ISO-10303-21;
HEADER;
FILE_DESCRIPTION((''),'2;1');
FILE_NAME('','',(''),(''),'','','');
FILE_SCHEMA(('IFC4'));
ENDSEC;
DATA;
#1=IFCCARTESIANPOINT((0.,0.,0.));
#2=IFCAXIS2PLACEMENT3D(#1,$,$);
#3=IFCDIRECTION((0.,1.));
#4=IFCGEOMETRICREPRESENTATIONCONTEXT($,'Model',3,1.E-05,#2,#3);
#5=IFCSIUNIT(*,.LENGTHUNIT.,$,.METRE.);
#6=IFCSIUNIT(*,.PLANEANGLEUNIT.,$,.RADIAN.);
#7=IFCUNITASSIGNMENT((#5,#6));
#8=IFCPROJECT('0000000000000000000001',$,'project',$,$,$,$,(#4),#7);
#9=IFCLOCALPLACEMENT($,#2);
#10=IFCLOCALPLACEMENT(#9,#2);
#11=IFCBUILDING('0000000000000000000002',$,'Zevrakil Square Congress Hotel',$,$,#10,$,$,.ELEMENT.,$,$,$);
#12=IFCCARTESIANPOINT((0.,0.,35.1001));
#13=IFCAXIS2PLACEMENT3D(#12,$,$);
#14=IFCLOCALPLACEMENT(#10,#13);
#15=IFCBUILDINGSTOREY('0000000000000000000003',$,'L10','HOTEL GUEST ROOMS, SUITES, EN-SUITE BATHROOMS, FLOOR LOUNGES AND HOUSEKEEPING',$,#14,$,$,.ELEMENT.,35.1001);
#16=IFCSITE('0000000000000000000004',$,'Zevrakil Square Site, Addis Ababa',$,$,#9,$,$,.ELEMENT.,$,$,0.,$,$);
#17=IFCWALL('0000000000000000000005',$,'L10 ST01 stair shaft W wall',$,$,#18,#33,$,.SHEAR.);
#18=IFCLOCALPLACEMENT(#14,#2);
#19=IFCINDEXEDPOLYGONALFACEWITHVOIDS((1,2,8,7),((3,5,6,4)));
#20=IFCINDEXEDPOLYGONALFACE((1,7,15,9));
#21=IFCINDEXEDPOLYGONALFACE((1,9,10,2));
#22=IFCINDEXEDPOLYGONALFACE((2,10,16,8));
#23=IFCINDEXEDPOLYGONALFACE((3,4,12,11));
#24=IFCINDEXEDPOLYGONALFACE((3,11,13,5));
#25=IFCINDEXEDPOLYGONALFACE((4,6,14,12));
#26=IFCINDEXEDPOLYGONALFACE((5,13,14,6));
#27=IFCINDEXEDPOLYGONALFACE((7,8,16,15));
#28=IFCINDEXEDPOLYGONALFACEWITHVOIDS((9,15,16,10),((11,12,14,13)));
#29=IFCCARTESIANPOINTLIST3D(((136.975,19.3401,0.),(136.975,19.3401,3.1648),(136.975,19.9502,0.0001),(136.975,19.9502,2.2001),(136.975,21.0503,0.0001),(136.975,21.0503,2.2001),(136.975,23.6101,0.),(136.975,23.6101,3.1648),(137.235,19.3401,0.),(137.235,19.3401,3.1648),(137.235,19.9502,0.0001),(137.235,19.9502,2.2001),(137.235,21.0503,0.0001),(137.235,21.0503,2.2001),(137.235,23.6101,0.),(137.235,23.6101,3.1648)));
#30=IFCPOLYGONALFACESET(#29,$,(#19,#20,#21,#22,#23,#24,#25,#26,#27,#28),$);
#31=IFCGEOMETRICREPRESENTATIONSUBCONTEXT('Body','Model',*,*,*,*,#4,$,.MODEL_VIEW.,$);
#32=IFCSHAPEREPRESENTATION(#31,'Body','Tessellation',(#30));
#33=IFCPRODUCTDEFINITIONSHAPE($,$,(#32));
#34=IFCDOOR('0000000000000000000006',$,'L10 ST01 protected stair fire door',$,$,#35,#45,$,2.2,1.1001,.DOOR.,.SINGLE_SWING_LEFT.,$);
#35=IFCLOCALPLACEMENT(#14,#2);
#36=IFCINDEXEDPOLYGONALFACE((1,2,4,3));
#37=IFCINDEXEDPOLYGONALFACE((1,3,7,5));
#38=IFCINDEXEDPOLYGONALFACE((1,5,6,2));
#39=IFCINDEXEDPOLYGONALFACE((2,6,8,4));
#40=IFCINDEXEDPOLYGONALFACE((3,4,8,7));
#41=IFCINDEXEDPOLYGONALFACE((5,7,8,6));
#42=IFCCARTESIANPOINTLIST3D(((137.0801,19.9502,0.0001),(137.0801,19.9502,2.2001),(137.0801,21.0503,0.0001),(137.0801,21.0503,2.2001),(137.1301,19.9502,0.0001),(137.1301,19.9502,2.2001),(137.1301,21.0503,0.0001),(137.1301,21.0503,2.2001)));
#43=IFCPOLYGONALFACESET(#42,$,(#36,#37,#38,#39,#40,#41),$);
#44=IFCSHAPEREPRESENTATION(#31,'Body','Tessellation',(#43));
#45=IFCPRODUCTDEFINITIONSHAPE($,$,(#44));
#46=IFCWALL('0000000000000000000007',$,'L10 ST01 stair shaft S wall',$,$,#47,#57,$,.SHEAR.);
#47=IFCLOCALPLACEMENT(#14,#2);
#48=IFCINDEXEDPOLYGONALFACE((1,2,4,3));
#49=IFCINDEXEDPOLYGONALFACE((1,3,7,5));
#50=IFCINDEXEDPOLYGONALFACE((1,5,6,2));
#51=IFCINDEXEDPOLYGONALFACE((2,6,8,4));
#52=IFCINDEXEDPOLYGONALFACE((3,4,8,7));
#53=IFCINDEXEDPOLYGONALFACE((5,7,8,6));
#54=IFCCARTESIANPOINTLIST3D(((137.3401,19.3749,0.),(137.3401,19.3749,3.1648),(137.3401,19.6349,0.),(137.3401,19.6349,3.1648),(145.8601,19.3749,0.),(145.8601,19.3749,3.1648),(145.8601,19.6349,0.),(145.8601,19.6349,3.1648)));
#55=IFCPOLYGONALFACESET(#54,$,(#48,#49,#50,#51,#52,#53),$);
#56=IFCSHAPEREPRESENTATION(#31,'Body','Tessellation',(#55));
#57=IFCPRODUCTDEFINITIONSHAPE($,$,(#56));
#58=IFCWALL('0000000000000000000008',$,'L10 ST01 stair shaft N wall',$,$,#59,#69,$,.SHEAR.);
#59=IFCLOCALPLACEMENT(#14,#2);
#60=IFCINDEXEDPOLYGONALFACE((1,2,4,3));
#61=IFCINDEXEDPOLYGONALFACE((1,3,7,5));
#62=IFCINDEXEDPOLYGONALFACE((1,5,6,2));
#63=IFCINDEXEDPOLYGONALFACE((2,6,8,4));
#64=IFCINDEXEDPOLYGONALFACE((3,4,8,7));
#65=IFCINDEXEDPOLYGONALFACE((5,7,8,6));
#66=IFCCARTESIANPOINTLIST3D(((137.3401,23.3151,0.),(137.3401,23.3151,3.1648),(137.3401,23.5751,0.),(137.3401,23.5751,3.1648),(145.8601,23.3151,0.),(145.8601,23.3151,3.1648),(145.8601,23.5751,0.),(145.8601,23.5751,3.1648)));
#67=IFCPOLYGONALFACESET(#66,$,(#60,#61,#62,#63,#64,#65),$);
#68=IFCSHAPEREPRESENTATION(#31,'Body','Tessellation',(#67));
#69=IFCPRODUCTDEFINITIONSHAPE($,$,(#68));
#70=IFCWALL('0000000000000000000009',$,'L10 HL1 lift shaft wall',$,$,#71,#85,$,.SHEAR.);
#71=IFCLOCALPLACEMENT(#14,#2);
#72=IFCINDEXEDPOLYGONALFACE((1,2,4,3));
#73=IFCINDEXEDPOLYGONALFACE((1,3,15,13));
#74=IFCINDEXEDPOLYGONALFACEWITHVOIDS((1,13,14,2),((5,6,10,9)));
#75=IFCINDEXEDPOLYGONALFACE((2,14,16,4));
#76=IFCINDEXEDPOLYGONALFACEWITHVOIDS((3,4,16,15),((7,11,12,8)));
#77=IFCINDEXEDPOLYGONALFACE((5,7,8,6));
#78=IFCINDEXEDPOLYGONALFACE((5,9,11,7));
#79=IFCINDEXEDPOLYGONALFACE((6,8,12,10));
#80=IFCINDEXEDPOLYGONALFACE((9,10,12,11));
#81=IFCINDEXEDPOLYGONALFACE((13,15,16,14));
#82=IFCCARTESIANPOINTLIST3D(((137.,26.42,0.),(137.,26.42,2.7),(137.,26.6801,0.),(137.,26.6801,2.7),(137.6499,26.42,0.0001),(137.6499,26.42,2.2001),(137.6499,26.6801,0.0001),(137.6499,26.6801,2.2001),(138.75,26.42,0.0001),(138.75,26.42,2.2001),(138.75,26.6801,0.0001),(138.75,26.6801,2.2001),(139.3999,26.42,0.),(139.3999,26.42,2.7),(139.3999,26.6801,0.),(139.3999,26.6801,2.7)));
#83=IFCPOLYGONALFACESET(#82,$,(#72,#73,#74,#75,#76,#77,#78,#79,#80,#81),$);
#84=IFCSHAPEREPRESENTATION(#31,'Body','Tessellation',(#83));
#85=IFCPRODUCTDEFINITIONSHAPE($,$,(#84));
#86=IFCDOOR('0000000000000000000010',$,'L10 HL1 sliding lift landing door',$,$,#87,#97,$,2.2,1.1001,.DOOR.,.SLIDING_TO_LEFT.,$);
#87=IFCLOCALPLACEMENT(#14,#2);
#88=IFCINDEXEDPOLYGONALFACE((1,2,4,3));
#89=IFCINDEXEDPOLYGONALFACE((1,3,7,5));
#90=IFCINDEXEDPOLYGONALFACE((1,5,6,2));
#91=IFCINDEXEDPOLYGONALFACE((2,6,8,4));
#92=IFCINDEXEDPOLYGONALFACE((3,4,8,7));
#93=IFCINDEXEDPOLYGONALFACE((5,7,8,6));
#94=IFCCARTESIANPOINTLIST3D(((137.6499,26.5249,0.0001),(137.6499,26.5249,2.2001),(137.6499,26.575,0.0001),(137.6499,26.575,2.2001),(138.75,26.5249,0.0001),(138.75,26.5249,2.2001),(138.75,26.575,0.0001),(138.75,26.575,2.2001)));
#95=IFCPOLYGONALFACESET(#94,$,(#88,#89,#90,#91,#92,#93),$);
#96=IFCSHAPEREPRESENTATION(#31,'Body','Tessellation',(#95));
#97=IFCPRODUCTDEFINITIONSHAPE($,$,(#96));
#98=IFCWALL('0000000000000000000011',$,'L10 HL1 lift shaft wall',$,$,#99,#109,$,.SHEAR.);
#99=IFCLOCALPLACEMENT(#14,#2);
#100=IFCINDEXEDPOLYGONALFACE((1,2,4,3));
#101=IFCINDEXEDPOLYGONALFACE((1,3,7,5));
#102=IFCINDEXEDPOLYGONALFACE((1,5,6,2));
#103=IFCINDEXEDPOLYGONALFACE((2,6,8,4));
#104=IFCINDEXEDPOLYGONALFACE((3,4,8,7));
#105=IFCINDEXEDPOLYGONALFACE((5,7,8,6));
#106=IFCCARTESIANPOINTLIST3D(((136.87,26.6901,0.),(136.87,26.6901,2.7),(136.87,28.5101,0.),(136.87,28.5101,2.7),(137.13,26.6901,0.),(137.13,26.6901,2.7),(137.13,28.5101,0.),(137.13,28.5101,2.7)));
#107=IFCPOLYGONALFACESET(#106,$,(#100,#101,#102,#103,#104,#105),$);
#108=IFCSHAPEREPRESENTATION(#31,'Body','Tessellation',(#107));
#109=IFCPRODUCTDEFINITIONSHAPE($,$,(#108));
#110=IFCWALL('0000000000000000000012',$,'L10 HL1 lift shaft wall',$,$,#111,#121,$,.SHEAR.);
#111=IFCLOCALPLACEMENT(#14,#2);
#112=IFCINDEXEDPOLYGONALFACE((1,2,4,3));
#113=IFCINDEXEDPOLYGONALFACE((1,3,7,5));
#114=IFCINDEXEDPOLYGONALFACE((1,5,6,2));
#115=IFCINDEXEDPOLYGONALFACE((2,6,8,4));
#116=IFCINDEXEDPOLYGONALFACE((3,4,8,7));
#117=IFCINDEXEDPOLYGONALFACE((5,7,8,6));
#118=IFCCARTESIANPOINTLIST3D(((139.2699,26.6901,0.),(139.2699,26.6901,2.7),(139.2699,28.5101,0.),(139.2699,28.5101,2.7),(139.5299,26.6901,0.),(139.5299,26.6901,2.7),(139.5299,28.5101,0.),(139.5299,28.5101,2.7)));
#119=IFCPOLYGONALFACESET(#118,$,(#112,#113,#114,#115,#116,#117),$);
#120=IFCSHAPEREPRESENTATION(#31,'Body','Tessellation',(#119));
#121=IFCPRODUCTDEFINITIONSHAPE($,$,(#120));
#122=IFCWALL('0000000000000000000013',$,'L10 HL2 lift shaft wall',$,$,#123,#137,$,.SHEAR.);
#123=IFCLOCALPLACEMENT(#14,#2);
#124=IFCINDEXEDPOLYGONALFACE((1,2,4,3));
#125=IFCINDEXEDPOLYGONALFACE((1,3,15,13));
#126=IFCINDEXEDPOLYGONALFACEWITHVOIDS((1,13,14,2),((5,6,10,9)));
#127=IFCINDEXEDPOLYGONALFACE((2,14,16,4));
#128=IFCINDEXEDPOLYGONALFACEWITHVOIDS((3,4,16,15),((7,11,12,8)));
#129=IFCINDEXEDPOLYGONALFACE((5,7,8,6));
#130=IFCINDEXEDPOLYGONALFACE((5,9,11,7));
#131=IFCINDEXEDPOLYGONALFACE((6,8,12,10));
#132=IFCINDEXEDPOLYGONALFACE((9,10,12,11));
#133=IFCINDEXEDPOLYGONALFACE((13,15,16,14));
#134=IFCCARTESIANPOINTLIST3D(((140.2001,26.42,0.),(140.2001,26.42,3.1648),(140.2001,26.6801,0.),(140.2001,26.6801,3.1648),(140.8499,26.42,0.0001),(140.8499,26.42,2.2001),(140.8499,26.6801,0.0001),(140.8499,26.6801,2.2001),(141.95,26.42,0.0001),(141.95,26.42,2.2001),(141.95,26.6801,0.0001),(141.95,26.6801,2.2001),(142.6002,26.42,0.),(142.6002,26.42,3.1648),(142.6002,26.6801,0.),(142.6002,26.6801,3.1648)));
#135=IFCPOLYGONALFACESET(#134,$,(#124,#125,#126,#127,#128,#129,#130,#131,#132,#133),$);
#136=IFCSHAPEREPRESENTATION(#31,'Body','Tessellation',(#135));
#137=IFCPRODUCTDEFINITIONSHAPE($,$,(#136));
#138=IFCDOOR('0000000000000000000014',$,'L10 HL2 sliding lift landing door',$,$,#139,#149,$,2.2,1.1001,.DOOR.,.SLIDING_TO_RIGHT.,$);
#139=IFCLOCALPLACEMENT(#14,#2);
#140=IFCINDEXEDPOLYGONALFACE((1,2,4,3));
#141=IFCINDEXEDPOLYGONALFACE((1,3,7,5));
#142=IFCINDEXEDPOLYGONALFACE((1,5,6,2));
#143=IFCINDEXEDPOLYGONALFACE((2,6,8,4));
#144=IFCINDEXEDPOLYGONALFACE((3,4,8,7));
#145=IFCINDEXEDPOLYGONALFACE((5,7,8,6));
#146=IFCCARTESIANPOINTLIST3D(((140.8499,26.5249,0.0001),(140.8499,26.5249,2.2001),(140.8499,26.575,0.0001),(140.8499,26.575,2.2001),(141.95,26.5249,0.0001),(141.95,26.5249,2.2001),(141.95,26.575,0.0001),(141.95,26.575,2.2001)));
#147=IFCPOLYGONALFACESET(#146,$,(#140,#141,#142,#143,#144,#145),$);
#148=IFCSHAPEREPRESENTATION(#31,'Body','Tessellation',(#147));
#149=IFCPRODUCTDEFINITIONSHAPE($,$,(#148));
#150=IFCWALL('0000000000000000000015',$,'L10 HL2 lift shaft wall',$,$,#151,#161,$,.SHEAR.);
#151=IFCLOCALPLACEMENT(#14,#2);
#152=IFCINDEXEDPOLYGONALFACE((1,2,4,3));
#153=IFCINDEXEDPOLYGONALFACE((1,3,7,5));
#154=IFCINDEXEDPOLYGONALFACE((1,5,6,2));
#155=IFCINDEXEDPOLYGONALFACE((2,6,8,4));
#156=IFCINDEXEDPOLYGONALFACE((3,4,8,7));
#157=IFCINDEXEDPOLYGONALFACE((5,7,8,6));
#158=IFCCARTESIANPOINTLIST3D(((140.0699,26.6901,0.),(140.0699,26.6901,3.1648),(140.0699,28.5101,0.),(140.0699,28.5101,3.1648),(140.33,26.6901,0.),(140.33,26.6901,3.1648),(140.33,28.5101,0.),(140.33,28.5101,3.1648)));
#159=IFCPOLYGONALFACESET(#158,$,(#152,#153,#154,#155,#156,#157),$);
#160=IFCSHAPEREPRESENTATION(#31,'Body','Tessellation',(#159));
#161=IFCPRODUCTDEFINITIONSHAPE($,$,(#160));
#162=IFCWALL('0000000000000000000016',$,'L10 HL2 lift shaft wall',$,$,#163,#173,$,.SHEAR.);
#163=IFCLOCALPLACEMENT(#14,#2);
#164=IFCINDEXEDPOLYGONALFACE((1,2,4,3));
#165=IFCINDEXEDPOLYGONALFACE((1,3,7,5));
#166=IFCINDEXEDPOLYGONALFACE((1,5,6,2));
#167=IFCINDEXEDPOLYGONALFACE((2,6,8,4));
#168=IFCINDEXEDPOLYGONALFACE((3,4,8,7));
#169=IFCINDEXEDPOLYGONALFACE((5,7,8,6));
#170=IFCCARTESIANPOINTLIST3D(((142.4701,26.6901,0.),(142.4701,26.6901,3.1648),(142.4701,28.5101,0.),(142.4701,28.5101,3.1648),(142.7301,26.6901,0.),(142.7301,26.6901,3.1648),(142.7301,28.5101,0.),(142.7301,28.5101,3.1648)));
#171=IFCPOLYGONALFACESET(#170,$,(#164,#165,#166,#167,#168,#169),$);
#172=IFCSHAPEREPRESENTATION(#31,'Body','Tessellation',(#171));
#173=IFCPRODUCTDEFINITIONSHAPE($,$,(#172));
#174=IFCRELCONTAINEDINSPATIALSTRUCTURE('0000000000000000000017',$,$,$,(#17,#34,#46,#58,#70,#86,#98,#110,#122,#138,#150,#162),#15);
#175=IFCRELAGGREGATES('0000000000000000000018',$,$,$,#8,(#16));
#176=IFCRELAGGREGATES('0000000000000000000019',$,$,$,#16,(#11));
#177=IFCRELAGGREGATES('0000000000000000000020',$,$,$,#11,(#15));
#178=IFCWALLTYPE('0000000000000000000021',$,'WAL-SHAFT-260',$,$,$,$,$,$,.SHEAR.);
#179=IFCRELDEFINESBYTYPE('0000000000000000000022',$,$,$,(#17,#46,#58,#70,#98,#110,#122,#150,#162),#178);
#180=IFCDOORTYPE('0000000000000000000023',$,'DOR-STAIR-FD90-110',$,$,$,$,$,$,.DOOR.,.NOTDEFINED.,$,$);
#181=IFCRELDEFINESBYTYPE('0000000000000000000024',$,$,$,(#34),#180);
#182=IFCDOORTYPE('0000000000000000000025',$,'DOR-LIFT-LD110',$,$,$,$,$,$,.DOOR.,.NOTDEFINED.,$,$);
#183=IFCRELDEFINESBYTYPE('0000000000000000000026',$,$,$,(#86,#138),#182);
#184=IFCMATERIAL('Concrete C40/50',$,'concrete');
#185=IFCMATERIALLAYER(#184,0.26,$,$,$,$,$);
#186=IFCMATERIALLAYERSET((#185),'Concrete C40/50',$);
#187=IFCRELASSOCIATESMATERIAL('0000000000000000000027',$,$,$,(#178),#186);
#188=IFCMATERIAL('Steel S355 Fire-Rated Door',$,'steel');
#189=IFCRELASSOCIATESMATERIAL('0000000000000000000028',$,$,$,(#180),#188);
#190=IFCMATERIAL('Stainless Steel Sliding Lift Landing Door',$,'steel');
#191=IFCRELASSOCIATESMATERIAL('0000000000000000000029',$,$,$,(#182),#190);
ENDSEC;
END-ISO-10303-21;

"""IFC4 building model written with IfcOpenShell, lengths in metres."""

from ifc_helpers import new_model, si_unit, direction, frame, frame_2d, origin, place, context, subcontext, project, spatial, rectangle, extrude, material, layer, layer_set, type_object, element, fill, save


model = new_model("IFC4")

# Units and contexts
model_context = context("Model", 3, precision=1e-05, world=origin(), true_north=direction((0.0, 1.0)))
body_context = subcontext(model_context, "Body", "Model", "MODEL_VIEW")
ifc_project = project(units=[si_unit("LENGTHUNIT", "METRE"), si_unit("PLANEANGLEUNIT", "RADIAN")], contexts=[model_context])

# Site, building, storey
site_placement = place(None, origin())
site = spatial("IfcSite", under=ifc_project, at=site_placement, Name="Zevrakil Square Site, Addis Ababa", CompositionType="ELEMENT", RefElevation=0.0)
building_placement = place(site_placement, origin())
building = spatial("IfcBuilding", under=site, at=building_placement, Name="Zevrakil Square Congress Hotel", CompositionType="ELEMENT")
storey_placement = place(building_placement, frame((0.0, 0.0, 35.1001)))
storey = spatial("IfcBuildingStorey", under=building, at=storey_placement, Name="L10", Description="HOTEL GUEST ROOMS, SUITES, EN-SUITE BATHROOMS, FLOOR LOUNGES AND HOUSEKEEPING", CompositionType="ELEMENT", Elevation=35.1001)

# Wall, opening, door
ifc_material_1 = material(Name="Concrete C40/50", Category="concrete")
ifc_layer_1 = layer(ifc_material_1, 0.26)
ifc_layer_set_1 = layer_set([ifc_layer_1], Name="Concrete C40/50")
wall_type_1 = type_object("IfcWallType", Name="WAL-SHAFT-260", PredefinedType="SHEAR", material=ifc_layer_set_1)
wall_1_placement = place(storey_placement, frame((137.105, 19.3401, 0.0), z_axis=(0.0, 0.0, 1.0), x_axis=(0.0, 1.0, 0.0)))
wall_1 = element("IfcWall", 1, at=wall_1_placement, inside=storey, type_object=wall_type_1, Name="L10 ST01 stair shaft W wall", PredefinedType="SHEAR", context=body_context, shape_type="SweptSolid", body=[
    extrude(rectangle(XDim=4.27, YDim=0.26, at=frame_2d((2.135, 0.0))), origin(), (0.0, 0.0, 1.0), 3.1648),
])
opening_1_placement = place(wall_1_placement, frame((0.6101, 0.0, 0.0)))
opening_1 = element("IfcOpeningElement", 2, at=opening_1_placement, cuts=wall_1, PredefinedType="OPENING", context=body_context, shape_type="SweptSolid", body=[
    extrude(rectangle(XDim=1.1001, YDim=2.2, at=frame_2d((0.55, 1.1001))), frame((0.0, 0.1401, 0.0), z_axis=(0.0, -1.0, 0.0), x_axis=(1.0, 0.0, 0.0)), (0.0, 0.0, 1.0), 0.28),
])
ifc_material_2 = material(Name="Steel S355 Fire-Rated Door", Category="steel")
door_type_1 = type_object("IfcDoorType", Name="DOR-STAIR-FD90-110", OperationType="NOTDEFINED", PredefinedType="DOOR", material=ifc_material_2)
door_1_placement = place(opening_1_placement, origin())
door_1 = element("IfcDoor", 3, at=door_1_placement, inside=storey, type_object=door_type_1, Name="L10 ST01 protected stair fire door", OperationType="SINGLE_SWING_LEFT", OverallHeight=2.2, OverallWidth=1.1001, PredefinedType="DOOR", context=body_context, shape_type="SweptSolid", body=[
    extrude(rectangle(XDim=1.1001, YDim=2.2, at=frame_2d((0.55, 1.1001))), frame((0.0, 0.0249, 0.0), z_axis=(0.0, -1.0, 0.0), x_axis=(1.0, 0.0, 0.0)), (0.0, 0.0, 1.0), 0.05),
])
fill(opening_1, door_1)

# Walls
for number, where, z_axis, x_axis, name in (
    (4, (137.3401, 19.5049, 0.0), (0.0, 0.0, 1.0), (1.0, 0.0, 0.0), "L10 ST01 stair shaft S wall"),
    (5, (137.3401, 23.4451, 0.0), (0.0, 0.0, 1.0), (1.0, 0.0, 0.0), "L10 ST01 stair shaft N wall"),
):
    element("IfcWall", number, at=place(storey_placement, frame(where, z_axis=z_axis, x_axis=x_axis)), inside=storey, type_object=wall_type_1, Name=name, PredefinedType="SHEAR", context=body_context, shape_type="SweptSolid", body=[
        extrude(rectangle(XDim=8.52, YDim=0.26, at=frame_2d((4.26, 0.0))), origin(), (0.0, 0.0, 1.0), 3.1648),
    ])

# Wall, opening, door
wall_2_placement = place(storey_placement, frame((137.0, 26.55, 0.0), z_axis=(0.0, 0.0, 1.0), x_axis=(1.0, 0.0, 0.0)))
wall_2 = element("IfcWall", 6, at=wall_2_placement, inside=storey, type_object=wall_type_1, Name="L10 HL1 lift shaft wall", PredefinedType="SHEAR", context=body_context, shape_type="SweptSolid", body=[
    extrude(rectangle(XDim=2.3999, YDim=0.26, at=frame_2d((1.2, 0.0))), origin(), (0.0, 0.0, 1.0), 2.7),
])
opening_2_placement = place(wall_2_placement, frame((0.6499, 0.0, 0.0)))
opening_2 = element("IfcOpeningElement", 7, at=opening_2_placement, cuts=wall_2, PredefinedType="OPENING", context=body_context, shape_type="SweptSolid", body=[
    extrude(rectangle(XDim=1.1001, YDim=2.2, at=frame_2d((0.55, 1.1001))), frame((0.0, 0.1401, 0.0), z_axis=(0.0, -1.0, 0.0), x_axis=(1.0, 0.0, 0.0)), (0.0, 0.0, 1.0), 0.28),
])
ifc_material_3 = material(Name="Stainless Steel Sliding Lift Landing Door", Category="steel")
door_type_2 = type_object("IfcDoorType", Name="DOR-LIFT-LD110", OperationType="NOTDEFINED", PredefinedType="DOOR", material=ifc_material_3)
door_2_placement = place(opening_2_placement, origin())
door_2 = element("IfcDoor", 8, at=door_2_placement, inside=storey, type_object=door_type_2, Name="L10 HL1 sliding lift landing door", OperationType="SLIDING_TO_LEFT", OverallHeight=2.2, OverallWidth=1.1001, PredefinedType="DOOR", context=body_context, shape_type="SweptSolid", body=[
    extrude(rectangle(XDim=1.1001, YDim=2.2, at=frame_2d((0.55, 1.1001))), frame((0.0, 0.0249, 0.0), z_axis=(0.0, -1.0, 0.0), x_axis=(1.0, 0.0, 0.0)), (0.0, 0.0, 1.0), 0.05),
])
fill(opening_2, door_2)

# Walls
for number, where, z_axis, x_axis, name in (
    (9, (137.0, 26.6899, 0.0), (0.0, 0.0, 1.0), (0.0, 1.0, 0.0), "L10 HL1 lift shaft wall"),
    (10, (139.3999, 26.6899, 0.0), (0.0, 0.0, 1.0), (0.0, 1.0, 0.0), "L10 HL1 lift shaft wall"),
):
    element("IfcWall", number, at=place(storey_placement, frame(where, z_axis=z_axis, x_axis=x_axis)), inside=storey, type_object=wall_type_1, Name=name, PredefinedType="SHEAR", context=body_context, shape_type="SweptSolid", body=[
        extrude(rectangle(XDim=1.8201, YDim=0.26, at=frame_2d((0.9102, 0.0))), origin(), (0.0, 0.0, 1.0), 2.7),
    ])

# Wall, opening, door
wall_3_placement = place(storey_placement, frame((140.2, 26.55, 0.0), z_axis=(0.0, 0.0, 1.0), x_axis=(1.0, 0.0, 0.0)))
wall_3 = element("IfcWall", 11, at=wall_3_placement, inside=storey, type_object=wall_type_1, Name="L10 HL2 lift shaft wall", PredefinedType="SHEAR", context=body_context, shape_type="SweptSolid", body=[
    extrude(rectangle(XDim=2.4001, YDim=0.26, at=frame_2d((1.2002, 0.0))), origin(), (0.0, 0.0, 1.0), 3.1648),
])
opening_3_placement = place(wall_3_placement, frame((0.6499, 0.0, 0.0)))
opening_3 = element("IfcOpeningElement", 12, at=opening_3_placement, cuts=wall_3, PredefinedType="OPENING", context=body_context, shape_type="SweptSolid", body=[
    extrude(rectangle(XDim=1.1001, YDim=2.2, at=frame_2d((0.55, 1.1001))), frame((0.0, 0.1401, 0.0), z_axis=(0.0, -1.0, 0.0), x_axis=(1.0, 0.0, 0.0)), (0.0, 0.0, 1.0), 0.28),
])
door_3_placement = place(opening_3_placement, origin())
door_3 = element("IfcDoor", 13, at=door_3_placement, inside=storey, type_object=door_type_2, Name="L10 HL2 sliding lift landing door", OperationType="SLIDING_TO_RIGHT", OverallHeight=2.2, OverallWidth=1.1001, PredefinedType="DOOR", context=body_context, shape_type="SweptSolid", body=[
    extrude(rectangle(XDim=1.1001, YDim=2.2, at=frame_2d((0.55, 1.1001))), frame((0.0, 0.0249, 0.0), z_axis=(0.0, -1.0, 0.0), x_axis=(1.0, 0.0, 0.0)), (0.0, 0.0, 1.0), 0.05),
])
fill(opening_3, door_3)

# Walls
for number, where, z_axis, x_axis, name in (
    (14, (140.2, 26.6899, 0.0), (0.0, 0.0, 1.0), (0.0, 1.0, 0.0), "L10 HL2 lift shaft wall"),
    (15, (142.6001, 26.6899, 0.0), (0.0, 0.0, 1.0), (0.0, 1.0, 0.0), "L10 HL2 lift shaft wall"),
):
    element("IfcWall", number, at=place(storey_placement, frame(where, z_axis=z_axis, x_axis=x_axis)), inside=storey, type_object=wall_type_1, Name=name, PredefinedType="SHEAR", context=body_context, shape_type="SweptSolid", body=[
        extrude(rectangle(XDim=1.8201, YDim=0.26, at=frame_2d((0.9102, 0.0))), origin(), (0.0, 0.0, 1.0), 3.1648),
    ])

save(model, "model.ifc")
